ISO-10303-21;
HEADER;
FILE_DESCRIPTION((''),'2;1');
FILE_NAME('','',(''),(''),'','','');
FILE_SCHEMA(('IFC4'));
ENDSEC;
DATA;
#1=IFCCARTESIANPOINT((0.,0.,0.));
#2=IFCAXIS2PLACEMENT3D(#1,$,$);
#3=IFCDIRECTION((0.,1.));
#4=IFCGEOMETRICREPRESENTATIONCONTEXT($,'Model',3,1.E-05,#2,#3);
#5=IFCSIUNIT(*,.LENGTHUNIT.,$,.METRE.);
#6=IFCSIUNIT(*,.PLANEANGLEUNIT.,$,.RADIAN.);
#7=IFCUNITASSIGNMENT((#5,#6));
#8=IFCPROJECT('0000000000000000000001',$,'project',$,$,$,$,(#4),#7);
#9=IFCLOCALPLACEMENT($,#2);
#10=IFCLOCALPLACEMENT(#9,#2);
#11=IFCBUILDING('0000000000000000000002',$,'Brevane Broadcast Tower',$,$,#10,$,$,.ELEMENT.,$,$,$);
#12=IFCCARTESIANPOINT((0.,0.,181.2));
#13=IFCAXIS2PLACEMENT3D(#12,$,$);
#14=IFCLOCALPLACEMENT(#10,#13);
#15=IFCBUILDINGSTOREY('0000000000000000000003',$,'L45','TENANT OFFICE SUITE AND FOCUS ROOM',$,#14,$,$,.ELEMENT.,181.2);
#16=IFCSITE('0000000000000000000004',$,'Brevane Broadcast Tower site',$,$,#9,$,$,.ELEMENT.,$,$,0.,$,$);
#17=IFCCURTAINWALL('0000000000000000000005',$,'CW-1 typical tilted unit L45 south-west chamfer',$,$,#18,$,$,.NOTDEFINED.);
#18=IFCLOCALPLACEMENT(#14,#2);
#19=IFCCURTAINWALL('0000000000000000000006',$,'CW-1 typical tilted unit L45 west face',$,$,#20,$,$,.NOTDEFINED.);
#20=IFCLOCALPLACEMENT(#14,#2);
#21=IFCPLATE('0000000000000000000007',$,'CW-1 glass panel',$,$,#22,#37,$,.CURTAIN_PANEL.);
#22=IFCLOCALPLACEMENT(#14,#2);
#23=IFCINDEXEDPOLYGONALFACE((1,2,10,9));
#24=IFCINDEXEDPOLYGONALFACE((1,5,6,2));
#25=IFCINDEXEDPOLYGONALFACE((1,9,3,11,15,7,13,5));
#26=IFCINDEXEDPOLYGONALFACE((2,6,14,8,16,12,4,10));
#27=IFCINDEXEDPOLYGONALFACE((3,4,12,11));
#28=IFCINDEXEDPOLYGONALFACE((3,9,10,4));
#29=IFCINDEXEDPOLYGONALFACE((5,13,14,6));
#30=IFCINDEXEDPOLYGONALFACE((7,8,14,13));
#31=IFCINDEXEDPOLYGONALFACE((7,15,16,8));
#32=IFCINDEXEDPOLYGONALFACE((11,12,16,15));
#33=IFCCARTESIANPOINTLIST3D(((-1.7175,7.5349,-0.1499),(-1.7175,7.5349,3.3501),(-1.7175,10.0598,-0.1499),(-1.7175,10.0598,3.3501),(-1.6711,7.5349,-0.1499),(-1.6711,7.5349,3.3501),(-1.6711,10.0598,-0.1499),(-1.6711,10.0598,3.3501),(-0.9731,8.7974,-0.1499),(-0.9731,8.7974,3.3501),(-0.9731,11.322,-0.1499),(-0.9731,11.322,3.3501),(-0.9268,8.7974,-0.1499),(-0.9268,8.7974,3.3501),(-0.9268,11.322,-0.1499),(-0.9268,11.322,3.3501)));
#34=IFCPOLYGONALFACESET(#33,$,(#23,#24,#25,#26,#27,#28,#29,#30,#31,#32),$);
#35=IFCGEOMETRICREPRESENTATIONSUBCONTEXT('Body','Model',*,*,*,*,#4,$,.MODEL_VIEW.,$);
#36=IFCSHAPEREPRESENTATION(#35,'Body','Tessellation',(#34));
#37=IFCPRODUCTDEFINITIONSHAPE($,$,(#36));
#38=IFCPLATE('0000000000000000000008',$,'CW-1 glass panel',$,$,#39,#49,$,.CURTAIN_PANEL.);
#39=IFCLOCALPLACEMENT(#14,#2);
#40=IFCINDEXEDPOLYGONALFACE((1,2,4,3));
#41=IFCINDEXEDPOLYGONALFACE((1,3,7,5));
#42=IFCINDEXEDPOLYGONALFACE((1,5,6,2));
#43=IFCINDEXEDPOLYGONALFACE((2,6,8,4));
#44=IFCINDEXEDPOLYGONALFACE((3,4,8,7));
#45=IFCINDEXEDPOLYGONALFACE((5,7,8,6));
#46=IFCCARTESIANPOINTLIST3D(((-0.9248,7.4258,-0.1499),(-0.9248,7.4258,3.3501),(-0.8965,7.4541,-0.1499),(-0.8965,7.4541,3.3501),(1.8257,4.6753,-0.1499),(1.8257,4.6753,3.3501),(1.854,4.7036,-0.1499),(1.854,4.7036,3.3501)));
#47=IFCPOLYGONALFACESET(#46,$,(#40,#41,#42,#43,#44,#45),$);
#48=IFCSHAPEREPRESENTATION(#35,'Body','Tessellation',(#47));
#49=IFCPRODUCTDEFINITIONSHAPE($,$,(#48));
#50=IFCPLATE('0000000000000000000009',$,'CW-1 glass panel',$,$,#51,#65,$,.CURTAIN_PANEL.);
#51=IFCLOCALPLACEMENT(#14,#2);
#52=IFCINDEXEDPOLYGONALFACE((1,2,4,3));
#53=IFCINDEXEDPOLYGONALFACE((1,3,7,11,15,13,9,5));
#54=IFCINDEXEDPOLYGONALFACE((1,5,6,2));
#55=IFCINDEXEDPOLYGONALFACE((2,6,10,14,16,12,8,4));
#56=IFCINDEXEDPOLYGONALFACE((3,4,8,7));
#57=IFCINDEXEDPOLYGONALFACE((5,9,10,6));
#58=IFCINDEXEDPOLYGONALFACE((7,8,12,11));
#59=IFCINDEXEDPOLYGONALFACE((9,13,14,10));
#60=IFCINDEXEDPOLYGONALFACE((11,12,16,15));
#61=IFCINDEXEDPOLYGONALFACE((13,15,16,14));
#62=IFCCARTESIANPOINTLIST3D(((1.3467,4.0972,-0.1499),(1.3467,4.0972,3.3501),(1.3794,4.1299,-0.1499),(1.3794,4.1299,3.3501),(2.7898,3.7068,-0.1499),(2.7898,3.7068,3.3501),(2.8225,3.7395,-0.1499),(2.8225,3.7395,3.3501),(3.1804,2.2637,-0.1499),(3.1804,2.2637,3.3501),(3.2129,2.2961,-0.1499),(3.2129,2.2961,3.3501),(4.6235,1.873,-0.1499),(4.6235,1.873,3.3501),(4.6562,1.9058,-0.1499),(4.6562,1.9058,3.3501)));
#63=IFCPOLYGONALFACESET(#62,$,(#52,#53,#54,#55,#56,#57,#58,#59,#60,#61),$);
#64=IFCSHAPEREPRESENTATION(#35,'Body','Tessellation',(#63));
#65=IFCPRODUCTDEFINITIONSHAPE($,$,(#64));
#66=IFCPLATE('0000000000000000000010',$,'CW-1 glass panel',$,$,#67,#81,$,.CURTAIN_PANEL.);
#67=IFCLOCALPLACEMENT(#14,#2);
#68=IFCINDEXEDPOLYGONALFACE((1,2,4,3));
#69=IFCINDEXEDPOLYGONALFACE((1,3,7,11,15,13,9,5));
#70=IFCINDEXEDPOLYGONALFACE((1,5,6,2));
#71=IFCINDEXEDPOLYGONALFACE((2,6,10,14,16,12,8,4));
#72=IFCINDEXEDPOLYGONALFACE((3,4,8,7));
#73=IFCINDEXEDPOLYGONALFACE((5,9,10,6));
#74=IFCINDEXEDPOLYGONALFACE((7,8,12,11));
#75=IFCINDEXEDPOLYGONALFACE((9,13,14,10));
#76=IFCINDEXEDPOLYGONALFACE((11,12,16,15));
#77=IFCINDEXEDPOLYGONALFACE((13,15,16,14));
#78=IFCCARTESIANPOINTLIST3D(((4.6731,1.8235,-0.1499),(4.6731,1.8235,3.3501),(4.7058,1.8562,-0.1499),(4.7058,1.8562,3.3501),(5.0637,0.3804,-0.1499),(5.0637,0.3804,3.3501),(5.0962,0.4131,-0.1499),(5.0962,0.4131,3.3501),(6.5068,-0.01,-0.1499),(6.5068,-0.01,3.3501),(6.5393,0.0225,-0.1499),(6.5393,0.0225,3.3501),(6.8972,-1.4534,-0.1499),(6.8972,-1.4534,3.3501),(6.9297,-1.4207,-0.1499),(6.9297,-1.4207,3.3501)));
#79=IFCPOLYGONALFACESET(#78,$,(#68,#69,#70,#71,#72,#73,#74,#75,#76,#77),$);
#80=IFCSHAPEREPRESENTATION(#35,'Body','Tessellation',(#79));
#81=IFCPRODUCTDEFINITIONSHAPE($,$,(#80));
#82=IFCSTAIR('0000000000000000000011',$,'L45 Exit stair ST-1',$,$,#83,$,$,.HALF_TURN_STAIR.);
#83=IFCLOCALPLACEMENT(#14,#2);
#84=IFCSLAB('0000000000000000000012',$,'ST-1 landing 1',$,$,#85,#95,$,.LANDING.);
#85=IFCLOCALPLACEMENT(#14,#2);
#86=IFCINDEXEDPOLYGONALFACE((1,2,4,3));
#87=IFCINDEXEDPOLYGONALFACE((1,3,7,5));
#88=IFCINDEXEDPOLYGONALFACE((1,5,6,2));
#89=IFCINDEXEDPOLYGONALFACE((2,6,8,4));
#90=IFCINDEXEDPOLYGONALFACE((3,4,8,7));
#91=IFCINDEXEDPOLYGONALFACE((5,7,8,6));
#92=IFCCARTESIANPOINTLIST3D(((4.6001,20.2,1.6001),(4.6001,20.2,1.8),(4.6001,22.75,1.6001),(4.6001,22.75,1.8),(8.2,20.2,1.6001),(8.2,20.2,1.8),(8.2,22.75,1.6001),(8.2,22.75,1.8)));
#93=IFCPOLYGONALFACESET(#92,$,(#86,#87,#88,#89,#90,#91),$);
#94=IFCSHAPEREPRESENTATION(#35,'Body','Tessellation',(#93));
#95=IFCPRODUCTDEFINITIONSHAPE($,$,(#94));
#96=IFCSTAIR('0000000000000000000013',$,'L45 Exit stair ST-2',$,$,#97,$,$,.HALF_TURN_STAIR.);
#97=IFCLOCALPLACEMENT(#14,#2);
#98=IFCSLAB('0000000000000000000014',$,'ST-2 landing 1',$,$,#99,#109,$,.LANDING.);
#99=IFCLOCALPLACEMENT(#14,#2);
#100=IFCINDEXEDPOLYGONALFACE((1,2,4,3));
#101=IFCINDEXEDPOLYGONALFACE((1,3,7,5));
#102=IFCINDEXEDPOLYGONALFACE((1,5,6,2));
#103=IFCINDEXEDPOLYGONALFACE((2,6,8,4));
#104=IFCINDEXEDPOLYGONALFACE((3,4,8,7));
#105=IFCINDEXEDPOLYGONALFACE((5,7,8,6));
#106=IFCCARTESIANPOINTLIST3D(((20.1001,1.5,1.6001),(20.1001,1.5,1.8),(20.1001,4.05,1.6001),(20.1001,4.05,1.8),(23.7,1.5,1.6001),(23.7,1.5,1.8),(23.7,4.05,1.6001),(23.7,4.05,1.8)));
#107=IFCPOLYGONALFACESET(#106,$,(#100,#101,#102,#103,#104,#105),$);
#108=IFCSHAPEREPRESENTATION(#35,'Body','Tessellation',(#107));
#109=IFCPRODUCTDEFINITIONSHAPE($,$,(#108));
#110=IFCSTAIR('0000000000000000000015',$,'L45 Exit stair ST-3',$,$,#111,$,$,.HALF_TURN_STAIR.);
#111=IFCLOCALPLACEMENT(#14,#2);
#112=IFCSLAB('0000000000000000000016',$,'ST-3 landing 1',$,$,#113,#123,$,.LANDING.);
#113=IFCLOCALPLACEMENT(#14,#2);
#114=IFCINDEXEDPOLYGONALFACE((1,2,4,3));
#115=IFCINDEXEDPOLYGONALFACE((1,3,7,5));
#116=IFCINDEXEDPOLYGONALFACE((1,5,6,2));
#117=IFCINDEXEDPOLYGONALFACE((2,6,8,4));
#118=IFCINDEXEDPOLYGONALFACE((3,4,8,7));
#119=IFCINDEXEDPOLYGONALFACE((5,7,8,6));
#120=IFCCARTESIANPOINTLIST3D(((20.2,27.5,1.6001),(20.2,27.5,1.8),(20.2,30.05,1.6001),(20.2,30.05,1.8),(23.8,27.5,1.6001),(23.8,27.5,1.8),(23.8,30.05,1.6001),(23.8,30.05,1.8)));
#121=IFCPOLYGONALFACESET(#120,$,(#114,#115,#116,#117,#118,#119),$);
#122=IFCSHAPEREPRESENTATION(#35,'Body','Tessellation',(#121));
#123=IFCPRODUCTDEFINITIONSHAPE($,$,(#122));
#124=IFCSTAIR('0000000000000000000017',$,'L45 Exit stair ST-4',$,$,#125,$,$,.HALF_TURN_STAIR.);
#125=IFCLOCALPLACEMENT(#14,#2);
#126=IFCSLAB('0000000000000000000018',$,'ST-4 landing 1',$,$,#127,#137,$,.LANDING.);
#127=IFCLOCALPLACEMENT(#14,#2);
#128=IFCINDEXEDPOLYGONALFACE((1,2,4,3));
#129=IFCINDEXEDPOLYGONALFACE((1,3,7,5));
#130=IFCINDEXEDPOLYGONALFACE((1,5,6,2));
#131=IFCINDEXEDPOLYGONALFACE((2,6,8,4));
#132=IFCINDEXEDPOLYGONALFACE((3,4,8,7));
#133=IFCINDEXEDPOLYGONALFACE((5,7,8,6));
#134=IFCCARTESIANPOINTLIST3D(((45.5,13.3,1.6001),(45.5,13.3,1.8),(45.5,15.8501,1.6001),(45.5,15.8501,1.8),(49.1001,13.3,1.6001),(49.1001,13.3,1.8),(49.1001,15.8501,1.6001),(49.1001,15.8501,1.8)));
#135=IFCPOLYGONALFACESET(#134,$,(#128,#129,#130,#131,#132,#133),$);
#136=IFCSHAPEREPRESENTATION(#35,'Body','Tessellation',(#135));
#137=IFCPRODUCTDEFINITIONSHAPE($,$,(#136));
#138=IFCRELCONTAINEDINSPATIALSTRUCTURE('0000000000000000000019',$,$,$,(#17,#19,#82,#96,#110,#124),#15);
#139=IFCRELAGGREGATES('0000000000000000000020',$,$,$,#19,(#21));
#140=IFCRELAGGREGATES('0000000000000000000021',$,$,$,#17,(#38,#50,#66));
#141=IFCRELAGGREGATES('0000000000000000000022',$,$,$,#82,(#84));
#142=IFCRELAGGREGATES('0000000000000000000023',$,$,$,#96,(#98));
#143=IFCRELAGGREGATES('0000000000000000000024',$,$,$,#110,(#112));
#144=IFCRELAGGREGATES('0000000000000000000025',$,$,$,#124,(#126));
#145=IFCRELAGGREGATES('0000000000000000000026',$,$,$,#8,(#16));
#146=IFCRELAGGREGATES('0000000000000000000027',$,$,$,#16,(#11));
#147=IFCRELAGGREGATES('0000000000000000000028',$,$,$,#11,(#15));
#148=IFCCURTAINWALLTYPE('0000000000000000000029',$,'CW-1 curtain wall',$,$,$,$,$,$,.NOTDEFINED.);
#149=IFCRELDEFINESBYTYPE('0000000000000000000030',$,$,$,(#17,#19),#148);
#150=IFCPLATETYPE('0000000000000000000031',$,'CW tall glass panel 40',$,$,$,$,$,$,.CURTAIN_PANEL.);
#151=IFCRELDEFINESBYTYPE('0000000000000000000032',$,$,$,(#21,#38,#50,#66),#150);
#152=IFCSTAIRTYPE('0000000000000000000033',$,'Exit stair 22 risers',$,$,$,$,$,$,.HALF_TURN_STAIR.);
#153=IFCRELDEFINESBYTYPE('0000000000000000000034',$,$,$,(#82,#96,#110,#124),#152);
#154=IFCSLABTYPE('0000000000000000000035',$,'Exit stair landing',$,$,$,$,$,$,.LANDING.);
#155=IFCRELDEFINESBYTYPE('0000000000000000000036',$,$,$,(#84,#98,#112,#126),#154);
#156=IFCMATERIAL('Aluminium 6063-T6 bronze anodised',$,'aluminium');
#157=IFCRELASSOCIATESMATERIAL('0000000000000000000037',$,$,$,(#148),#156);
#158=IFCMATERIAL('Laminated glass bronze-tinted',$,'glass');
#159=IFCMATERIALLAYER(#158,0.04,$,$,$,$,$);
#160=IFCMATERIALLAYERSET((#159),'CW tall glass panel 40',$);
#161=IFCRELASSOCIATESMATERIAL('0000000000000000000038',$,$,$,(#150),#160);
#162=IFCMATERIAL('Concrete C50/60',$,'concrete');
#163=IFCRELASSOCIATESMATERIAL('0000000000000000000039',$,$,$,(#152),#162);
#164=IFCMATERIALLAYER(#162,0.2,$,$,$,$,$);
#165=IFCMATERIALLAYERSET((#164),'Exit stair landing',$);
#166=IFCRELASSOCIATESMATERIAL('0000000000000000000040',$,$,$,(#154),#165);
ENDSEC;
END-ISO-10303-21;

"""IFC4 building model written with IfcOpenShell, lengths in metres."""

from ifc_helpers import new_model, si_unit, direction, frame, origin, place, context, subcontext, project, spatial, polyline, outline, extrude, material, layer, layer_set, type_object, element, aggregate, save


model = new_model("IFC4")

# Units and contexts
model_context = context("Model", 3, precision=1e-05, world=origin(), true_north=direction((0.0, 1.0)))
body_context = subcontext(model_context, "Body", "Model", "MODEL_VIEW")
ifc_project = project(units=[si_unit("LENGTHUNIT", "METRE"), si_unit("PLANEANGLEUNIT", "RADIAN")], contexts=[model_context])

# Site, building, storey
site_placement = place(None, origin())
site = spatial("IfcSite", under=ifc_project, at=site_placement, Name="Brevane Broadcast Tower site", CompositionType="ELEMENT", RefElevation=0.0)
building_placement = place(site_placement, origin())
building = spatial("IfcBuilding", under=site, at=building_placement, Name="Brevane Broadcast Tower", CompositionType="ELEMENT")
storey_placement = place(building_placement, frame((0.0, 0.0, 181.2)))
storey = spatial("IfcBuildingStorey", under=building, at=storey_placement, Name="L45", Description="TENANT OFFICE SUITE AND FOCUS ROOM", CompositionType="ELEMENT", Elevation=181.2)

# Curtain wall
ifc_material_1 = material(Name="Aluminium 6063-T6 bronze anodised", Category="aluminium")
curtain_wall_type = type_object("IfcCurtainWallType", Name="CW-1 curtain wall", PredefinedType="NOTDEFINED", material=ifc_material_1)
curtain_wall_1_placement = place(storey_placement, origin())
curtain_wall_1 = element("IfcCurtainWall", 1, at=curtain_wall_1_placement, inside=storey, type_object=curtain_wall_type, Name="CW-1 typical tilted unit L45 south-west chamfer", PredefinedType="NOTDEFINED")

# Shared definitions
ifc_material_2 = material(Name="Laminated glass bronze-tinted", Category="glass")
ifc_layer_1 = layer(ifc_material_2, 0.04)
ifc_layer_set_1 = layer_set([ifc_layer_1], Name="CW tall glass panel 40")
plate_type = type_object("IfcPlateType", Name="CW tall glass panel 40", PredefinedType="CURTAIN_PANEL", material=ifc_layer_set_1)

# Curtain wall, plate
curtain_wall_2_placement = place(storey_placement, origin())
curtain_wall_2 = element("IfcCurtainWall", 2, at=curtain_wall_2_placement, inside=storey, type_object=curtain_wall_type, Name="CW-1 typical tilted unit L45 west face", PredefinedType="NOTDEFINED")
plate_1_placement = place(storey_placement, frame((0.0, 0.0, -0.1499)))
plate_1 = element("IfcPlate", 3, at=plate_1_placement, type_object=plate_type, Name="CW-1 glass panel", PredefinedType="CURTAIN_PANEL", context=body_context, shape_type="SweptSolid", body=[
    extrude(outline(polyline([(-0.9268, 11.322), (-0.9731, 11.322), (-1.7175, 10.0598), (-0.9731, 8.7974), (-1.7175, 7.5349), (-1.6711, 7.5349), (-0.9268, 8.7974), (-1.6711, 10.0598), (-0.9268, 11.322)])), origin(), (0.0, 0.0, 1.0), 3.5),
])
aggregate(curtain_wall_2, [plate_1])

# Plates
plate_2_placement = place(storey_placement, frame((0.0, 0.0, -0.1499)))
plate_2 = element("IfcPlate", 4, at=plate_2_placement, type_object=plate_type, Name="CW-1 glass panel", PredefinedType="CURTAIN_PANEL", context=body_context, shape_type="SweptSolid", body=[
    extrude(outline(polyline([(-0.8965, 7.4541), (1.854, 4.7036), (1.8257, 4.6753), (-0.9248, 7.4258), (-0.8965, 7.4541)])), origin(), (0.0, 0.0, 1.0), 3.5),
])
plate_3_placement = place(storey_placement, frame((0.0, 0.0, -0.1499)))
plate_3 = element("IfcPlate", 5, at=plate_3_placement, type_object=plate_type, Name="CW-1 glass panel", PredefinedType="CURTAIN_PANEL", context=body_context, shape_type="SweptSolid", body=[
    extrude(outline(polyline([(1.3794, 4.1299), (1.3467, 4.0972), (2.7898, 3.7068), (3.1804, 2.2637), (4.6235, 1.873), (4.6562, 1.9058), (3.2129, 2.2961), (2.8225, 3.7395), (1.3794, 4.1299)])), origin(), (0.0, 0.0, 1.0), 3.5),
])
plate_4_placement = place(storey_placement, frame((0.0, 0.0, -0.1499)))
plate_4 = element("IfcPlate", 6, at=plate_4_placement, type_object=plate_type, Name="CW-1 glass panel", PredefinedType="CURTAIN_PANEL", context=body_context, shape_type="SweptSolid", body=[
    extrude(outline(polyline([(4.7058, 1.8562), (4.6731, 1.8235), (5.0637, 0.3804), (6.5068, -0.01), (6.8972, -1.4534), (6.9297, -1.4207), (6.5393, 0.0225), (5.0962, 0.4131), (4.7058, 1.8562)])), origin(), (0.0, 0.0, 1.0), 3.5),
])
aggregate(curtain_wall_1, [plate_2, plate_3, plate_4])

# Stairs, slabs
ifc_material_3 = material(Name="Concrete C50/60", Category="concrete")
stair_type = type_object("IfcStairType", Name="Exit stair 22 risers", PredefinedType="HALF_TURN_STAIR", material=ifc_material_3)
stair_1_placement = place(storey_placement, origin())
stair_1 = element("IfcStair", 7, at=stair_1_placement, inside=storey, type_object=stair_type, Name="L45 Exit stair ST-1", PredefinedType="HALF_TURN_STAIR")
ifc_layer_2 = layer(ifc_material_3, 0.2)
ifc_layer_set_2 = layer_set([ifc_layer_2], Name="Exit stair landing")
slab_type_1 = type_object("IfcSlabType", Name="Exit stair landing", PredefinedType="LANDING", material=ifc_layer_set_2)
slab_1_placement = place(storey_placement, frame((0.0, 0.0, 1.6001)))
slab_1 = element("IfcSlab", 8, at=slab_1_placement, type_object=slab_type_1, Name="ST-1 landing 1", PredefinedType="LANDING", context=body_context, shape_type="SweptSolid", body=[
    extrude(outline(polyline([(4.6001, 20.2), (8.2, 20.2), (8.2, 22.75), (4.6001, 22.75), (4.6001, 20.2)])), origin(), (0.0, 0.0, 1.0), 0.2),
])
aggregate(stair_1, [slab_1])
stair_2_placement = place(storey_placement, origin())
stair_2 = element("IfcStair", 9, at=stair_2_placement, inside=storey, type_object=stair_type, Name="L45 Exit stair ST-2", PredefinedType="HALF_TURN_STAIR")
slab_2_placement = place(storey_placement, frame((0.0, 0.0, 1.6001)))
slab_2 = element("IfcSlab", 10, at=slab_2_placement, type_object=slab_type_1, Name="ST-2 landing 1", PredefinedType="LANDING", context=body_context, shape_type="SweptSolid", body=[
    extrude(outline(polyline([(20.1001, 1.5), (23.7, 1.5), (23.7, 4.05), (20.1001, 4.05), (20.1001, 1.5)])), origin(), (0.0, 0.0, 1.0), 0.2),
])
aggregate(stair_2, [slab_2])
stair_3_placement = place(storey_placement, origin())
stair_3 = element("IfcStair", 11, at=stair_3_placement, inside=storey, type_object=stair_type, Name="L45 Exit stair ST-3", PredefinedType="HALF_TURN_STAIR")
slab_3_placement = place(storey_placement, frame((0.0, 0.0, 1.6001)))
slab_3 = element("IfcSlab", 12, at=slab_3_placement, type_object=slab_type_1, Name="ST-3 landing 1", PredefinedType="LANDING", context=body_context, shape_type="SweptSolid", body=[
    extrude(outline(polyline([(20.2, 27.5), (23.8, 27.5), (23.8, 30.05), (20.2, 30.05), (20.2, 27.5)])), origin(), (0.0, 0.0, 1.0), 0.2),
])
aggregate(stair_3, [slab_3])
stair_4_placement = place(storey_placement, origin())
stair_4 = element("IfcStair", 13, at=stair_4_placement, inside=storey, type_object=stair_type, Name="L45 Exit stair ST-4", PredefinedType="HALF_TURN_STAIR")
slab_4_placement = place(storey_placement, frame((0.0, 0.0, 1.6001)))
slab_4 = element("IfcSlab", 14, at=slab_4_placement, type_object=slab_type_1, Name="ST-4 landing 1", PredefinedType="LANDING", context=body_context, shape_type="SweptSolid", body=[
    extrude(outline(polyline([(45.5, 13.3), (49.1001, 13.3), (49.1001, 15.8501), (45.5, 15.8501), (45.5, 13.3)])), origin(), (0.0, 0.0, 1.0), 0.2),
])
aggregate(stair_4, [slab_4])

save(model, "model.ifc")
